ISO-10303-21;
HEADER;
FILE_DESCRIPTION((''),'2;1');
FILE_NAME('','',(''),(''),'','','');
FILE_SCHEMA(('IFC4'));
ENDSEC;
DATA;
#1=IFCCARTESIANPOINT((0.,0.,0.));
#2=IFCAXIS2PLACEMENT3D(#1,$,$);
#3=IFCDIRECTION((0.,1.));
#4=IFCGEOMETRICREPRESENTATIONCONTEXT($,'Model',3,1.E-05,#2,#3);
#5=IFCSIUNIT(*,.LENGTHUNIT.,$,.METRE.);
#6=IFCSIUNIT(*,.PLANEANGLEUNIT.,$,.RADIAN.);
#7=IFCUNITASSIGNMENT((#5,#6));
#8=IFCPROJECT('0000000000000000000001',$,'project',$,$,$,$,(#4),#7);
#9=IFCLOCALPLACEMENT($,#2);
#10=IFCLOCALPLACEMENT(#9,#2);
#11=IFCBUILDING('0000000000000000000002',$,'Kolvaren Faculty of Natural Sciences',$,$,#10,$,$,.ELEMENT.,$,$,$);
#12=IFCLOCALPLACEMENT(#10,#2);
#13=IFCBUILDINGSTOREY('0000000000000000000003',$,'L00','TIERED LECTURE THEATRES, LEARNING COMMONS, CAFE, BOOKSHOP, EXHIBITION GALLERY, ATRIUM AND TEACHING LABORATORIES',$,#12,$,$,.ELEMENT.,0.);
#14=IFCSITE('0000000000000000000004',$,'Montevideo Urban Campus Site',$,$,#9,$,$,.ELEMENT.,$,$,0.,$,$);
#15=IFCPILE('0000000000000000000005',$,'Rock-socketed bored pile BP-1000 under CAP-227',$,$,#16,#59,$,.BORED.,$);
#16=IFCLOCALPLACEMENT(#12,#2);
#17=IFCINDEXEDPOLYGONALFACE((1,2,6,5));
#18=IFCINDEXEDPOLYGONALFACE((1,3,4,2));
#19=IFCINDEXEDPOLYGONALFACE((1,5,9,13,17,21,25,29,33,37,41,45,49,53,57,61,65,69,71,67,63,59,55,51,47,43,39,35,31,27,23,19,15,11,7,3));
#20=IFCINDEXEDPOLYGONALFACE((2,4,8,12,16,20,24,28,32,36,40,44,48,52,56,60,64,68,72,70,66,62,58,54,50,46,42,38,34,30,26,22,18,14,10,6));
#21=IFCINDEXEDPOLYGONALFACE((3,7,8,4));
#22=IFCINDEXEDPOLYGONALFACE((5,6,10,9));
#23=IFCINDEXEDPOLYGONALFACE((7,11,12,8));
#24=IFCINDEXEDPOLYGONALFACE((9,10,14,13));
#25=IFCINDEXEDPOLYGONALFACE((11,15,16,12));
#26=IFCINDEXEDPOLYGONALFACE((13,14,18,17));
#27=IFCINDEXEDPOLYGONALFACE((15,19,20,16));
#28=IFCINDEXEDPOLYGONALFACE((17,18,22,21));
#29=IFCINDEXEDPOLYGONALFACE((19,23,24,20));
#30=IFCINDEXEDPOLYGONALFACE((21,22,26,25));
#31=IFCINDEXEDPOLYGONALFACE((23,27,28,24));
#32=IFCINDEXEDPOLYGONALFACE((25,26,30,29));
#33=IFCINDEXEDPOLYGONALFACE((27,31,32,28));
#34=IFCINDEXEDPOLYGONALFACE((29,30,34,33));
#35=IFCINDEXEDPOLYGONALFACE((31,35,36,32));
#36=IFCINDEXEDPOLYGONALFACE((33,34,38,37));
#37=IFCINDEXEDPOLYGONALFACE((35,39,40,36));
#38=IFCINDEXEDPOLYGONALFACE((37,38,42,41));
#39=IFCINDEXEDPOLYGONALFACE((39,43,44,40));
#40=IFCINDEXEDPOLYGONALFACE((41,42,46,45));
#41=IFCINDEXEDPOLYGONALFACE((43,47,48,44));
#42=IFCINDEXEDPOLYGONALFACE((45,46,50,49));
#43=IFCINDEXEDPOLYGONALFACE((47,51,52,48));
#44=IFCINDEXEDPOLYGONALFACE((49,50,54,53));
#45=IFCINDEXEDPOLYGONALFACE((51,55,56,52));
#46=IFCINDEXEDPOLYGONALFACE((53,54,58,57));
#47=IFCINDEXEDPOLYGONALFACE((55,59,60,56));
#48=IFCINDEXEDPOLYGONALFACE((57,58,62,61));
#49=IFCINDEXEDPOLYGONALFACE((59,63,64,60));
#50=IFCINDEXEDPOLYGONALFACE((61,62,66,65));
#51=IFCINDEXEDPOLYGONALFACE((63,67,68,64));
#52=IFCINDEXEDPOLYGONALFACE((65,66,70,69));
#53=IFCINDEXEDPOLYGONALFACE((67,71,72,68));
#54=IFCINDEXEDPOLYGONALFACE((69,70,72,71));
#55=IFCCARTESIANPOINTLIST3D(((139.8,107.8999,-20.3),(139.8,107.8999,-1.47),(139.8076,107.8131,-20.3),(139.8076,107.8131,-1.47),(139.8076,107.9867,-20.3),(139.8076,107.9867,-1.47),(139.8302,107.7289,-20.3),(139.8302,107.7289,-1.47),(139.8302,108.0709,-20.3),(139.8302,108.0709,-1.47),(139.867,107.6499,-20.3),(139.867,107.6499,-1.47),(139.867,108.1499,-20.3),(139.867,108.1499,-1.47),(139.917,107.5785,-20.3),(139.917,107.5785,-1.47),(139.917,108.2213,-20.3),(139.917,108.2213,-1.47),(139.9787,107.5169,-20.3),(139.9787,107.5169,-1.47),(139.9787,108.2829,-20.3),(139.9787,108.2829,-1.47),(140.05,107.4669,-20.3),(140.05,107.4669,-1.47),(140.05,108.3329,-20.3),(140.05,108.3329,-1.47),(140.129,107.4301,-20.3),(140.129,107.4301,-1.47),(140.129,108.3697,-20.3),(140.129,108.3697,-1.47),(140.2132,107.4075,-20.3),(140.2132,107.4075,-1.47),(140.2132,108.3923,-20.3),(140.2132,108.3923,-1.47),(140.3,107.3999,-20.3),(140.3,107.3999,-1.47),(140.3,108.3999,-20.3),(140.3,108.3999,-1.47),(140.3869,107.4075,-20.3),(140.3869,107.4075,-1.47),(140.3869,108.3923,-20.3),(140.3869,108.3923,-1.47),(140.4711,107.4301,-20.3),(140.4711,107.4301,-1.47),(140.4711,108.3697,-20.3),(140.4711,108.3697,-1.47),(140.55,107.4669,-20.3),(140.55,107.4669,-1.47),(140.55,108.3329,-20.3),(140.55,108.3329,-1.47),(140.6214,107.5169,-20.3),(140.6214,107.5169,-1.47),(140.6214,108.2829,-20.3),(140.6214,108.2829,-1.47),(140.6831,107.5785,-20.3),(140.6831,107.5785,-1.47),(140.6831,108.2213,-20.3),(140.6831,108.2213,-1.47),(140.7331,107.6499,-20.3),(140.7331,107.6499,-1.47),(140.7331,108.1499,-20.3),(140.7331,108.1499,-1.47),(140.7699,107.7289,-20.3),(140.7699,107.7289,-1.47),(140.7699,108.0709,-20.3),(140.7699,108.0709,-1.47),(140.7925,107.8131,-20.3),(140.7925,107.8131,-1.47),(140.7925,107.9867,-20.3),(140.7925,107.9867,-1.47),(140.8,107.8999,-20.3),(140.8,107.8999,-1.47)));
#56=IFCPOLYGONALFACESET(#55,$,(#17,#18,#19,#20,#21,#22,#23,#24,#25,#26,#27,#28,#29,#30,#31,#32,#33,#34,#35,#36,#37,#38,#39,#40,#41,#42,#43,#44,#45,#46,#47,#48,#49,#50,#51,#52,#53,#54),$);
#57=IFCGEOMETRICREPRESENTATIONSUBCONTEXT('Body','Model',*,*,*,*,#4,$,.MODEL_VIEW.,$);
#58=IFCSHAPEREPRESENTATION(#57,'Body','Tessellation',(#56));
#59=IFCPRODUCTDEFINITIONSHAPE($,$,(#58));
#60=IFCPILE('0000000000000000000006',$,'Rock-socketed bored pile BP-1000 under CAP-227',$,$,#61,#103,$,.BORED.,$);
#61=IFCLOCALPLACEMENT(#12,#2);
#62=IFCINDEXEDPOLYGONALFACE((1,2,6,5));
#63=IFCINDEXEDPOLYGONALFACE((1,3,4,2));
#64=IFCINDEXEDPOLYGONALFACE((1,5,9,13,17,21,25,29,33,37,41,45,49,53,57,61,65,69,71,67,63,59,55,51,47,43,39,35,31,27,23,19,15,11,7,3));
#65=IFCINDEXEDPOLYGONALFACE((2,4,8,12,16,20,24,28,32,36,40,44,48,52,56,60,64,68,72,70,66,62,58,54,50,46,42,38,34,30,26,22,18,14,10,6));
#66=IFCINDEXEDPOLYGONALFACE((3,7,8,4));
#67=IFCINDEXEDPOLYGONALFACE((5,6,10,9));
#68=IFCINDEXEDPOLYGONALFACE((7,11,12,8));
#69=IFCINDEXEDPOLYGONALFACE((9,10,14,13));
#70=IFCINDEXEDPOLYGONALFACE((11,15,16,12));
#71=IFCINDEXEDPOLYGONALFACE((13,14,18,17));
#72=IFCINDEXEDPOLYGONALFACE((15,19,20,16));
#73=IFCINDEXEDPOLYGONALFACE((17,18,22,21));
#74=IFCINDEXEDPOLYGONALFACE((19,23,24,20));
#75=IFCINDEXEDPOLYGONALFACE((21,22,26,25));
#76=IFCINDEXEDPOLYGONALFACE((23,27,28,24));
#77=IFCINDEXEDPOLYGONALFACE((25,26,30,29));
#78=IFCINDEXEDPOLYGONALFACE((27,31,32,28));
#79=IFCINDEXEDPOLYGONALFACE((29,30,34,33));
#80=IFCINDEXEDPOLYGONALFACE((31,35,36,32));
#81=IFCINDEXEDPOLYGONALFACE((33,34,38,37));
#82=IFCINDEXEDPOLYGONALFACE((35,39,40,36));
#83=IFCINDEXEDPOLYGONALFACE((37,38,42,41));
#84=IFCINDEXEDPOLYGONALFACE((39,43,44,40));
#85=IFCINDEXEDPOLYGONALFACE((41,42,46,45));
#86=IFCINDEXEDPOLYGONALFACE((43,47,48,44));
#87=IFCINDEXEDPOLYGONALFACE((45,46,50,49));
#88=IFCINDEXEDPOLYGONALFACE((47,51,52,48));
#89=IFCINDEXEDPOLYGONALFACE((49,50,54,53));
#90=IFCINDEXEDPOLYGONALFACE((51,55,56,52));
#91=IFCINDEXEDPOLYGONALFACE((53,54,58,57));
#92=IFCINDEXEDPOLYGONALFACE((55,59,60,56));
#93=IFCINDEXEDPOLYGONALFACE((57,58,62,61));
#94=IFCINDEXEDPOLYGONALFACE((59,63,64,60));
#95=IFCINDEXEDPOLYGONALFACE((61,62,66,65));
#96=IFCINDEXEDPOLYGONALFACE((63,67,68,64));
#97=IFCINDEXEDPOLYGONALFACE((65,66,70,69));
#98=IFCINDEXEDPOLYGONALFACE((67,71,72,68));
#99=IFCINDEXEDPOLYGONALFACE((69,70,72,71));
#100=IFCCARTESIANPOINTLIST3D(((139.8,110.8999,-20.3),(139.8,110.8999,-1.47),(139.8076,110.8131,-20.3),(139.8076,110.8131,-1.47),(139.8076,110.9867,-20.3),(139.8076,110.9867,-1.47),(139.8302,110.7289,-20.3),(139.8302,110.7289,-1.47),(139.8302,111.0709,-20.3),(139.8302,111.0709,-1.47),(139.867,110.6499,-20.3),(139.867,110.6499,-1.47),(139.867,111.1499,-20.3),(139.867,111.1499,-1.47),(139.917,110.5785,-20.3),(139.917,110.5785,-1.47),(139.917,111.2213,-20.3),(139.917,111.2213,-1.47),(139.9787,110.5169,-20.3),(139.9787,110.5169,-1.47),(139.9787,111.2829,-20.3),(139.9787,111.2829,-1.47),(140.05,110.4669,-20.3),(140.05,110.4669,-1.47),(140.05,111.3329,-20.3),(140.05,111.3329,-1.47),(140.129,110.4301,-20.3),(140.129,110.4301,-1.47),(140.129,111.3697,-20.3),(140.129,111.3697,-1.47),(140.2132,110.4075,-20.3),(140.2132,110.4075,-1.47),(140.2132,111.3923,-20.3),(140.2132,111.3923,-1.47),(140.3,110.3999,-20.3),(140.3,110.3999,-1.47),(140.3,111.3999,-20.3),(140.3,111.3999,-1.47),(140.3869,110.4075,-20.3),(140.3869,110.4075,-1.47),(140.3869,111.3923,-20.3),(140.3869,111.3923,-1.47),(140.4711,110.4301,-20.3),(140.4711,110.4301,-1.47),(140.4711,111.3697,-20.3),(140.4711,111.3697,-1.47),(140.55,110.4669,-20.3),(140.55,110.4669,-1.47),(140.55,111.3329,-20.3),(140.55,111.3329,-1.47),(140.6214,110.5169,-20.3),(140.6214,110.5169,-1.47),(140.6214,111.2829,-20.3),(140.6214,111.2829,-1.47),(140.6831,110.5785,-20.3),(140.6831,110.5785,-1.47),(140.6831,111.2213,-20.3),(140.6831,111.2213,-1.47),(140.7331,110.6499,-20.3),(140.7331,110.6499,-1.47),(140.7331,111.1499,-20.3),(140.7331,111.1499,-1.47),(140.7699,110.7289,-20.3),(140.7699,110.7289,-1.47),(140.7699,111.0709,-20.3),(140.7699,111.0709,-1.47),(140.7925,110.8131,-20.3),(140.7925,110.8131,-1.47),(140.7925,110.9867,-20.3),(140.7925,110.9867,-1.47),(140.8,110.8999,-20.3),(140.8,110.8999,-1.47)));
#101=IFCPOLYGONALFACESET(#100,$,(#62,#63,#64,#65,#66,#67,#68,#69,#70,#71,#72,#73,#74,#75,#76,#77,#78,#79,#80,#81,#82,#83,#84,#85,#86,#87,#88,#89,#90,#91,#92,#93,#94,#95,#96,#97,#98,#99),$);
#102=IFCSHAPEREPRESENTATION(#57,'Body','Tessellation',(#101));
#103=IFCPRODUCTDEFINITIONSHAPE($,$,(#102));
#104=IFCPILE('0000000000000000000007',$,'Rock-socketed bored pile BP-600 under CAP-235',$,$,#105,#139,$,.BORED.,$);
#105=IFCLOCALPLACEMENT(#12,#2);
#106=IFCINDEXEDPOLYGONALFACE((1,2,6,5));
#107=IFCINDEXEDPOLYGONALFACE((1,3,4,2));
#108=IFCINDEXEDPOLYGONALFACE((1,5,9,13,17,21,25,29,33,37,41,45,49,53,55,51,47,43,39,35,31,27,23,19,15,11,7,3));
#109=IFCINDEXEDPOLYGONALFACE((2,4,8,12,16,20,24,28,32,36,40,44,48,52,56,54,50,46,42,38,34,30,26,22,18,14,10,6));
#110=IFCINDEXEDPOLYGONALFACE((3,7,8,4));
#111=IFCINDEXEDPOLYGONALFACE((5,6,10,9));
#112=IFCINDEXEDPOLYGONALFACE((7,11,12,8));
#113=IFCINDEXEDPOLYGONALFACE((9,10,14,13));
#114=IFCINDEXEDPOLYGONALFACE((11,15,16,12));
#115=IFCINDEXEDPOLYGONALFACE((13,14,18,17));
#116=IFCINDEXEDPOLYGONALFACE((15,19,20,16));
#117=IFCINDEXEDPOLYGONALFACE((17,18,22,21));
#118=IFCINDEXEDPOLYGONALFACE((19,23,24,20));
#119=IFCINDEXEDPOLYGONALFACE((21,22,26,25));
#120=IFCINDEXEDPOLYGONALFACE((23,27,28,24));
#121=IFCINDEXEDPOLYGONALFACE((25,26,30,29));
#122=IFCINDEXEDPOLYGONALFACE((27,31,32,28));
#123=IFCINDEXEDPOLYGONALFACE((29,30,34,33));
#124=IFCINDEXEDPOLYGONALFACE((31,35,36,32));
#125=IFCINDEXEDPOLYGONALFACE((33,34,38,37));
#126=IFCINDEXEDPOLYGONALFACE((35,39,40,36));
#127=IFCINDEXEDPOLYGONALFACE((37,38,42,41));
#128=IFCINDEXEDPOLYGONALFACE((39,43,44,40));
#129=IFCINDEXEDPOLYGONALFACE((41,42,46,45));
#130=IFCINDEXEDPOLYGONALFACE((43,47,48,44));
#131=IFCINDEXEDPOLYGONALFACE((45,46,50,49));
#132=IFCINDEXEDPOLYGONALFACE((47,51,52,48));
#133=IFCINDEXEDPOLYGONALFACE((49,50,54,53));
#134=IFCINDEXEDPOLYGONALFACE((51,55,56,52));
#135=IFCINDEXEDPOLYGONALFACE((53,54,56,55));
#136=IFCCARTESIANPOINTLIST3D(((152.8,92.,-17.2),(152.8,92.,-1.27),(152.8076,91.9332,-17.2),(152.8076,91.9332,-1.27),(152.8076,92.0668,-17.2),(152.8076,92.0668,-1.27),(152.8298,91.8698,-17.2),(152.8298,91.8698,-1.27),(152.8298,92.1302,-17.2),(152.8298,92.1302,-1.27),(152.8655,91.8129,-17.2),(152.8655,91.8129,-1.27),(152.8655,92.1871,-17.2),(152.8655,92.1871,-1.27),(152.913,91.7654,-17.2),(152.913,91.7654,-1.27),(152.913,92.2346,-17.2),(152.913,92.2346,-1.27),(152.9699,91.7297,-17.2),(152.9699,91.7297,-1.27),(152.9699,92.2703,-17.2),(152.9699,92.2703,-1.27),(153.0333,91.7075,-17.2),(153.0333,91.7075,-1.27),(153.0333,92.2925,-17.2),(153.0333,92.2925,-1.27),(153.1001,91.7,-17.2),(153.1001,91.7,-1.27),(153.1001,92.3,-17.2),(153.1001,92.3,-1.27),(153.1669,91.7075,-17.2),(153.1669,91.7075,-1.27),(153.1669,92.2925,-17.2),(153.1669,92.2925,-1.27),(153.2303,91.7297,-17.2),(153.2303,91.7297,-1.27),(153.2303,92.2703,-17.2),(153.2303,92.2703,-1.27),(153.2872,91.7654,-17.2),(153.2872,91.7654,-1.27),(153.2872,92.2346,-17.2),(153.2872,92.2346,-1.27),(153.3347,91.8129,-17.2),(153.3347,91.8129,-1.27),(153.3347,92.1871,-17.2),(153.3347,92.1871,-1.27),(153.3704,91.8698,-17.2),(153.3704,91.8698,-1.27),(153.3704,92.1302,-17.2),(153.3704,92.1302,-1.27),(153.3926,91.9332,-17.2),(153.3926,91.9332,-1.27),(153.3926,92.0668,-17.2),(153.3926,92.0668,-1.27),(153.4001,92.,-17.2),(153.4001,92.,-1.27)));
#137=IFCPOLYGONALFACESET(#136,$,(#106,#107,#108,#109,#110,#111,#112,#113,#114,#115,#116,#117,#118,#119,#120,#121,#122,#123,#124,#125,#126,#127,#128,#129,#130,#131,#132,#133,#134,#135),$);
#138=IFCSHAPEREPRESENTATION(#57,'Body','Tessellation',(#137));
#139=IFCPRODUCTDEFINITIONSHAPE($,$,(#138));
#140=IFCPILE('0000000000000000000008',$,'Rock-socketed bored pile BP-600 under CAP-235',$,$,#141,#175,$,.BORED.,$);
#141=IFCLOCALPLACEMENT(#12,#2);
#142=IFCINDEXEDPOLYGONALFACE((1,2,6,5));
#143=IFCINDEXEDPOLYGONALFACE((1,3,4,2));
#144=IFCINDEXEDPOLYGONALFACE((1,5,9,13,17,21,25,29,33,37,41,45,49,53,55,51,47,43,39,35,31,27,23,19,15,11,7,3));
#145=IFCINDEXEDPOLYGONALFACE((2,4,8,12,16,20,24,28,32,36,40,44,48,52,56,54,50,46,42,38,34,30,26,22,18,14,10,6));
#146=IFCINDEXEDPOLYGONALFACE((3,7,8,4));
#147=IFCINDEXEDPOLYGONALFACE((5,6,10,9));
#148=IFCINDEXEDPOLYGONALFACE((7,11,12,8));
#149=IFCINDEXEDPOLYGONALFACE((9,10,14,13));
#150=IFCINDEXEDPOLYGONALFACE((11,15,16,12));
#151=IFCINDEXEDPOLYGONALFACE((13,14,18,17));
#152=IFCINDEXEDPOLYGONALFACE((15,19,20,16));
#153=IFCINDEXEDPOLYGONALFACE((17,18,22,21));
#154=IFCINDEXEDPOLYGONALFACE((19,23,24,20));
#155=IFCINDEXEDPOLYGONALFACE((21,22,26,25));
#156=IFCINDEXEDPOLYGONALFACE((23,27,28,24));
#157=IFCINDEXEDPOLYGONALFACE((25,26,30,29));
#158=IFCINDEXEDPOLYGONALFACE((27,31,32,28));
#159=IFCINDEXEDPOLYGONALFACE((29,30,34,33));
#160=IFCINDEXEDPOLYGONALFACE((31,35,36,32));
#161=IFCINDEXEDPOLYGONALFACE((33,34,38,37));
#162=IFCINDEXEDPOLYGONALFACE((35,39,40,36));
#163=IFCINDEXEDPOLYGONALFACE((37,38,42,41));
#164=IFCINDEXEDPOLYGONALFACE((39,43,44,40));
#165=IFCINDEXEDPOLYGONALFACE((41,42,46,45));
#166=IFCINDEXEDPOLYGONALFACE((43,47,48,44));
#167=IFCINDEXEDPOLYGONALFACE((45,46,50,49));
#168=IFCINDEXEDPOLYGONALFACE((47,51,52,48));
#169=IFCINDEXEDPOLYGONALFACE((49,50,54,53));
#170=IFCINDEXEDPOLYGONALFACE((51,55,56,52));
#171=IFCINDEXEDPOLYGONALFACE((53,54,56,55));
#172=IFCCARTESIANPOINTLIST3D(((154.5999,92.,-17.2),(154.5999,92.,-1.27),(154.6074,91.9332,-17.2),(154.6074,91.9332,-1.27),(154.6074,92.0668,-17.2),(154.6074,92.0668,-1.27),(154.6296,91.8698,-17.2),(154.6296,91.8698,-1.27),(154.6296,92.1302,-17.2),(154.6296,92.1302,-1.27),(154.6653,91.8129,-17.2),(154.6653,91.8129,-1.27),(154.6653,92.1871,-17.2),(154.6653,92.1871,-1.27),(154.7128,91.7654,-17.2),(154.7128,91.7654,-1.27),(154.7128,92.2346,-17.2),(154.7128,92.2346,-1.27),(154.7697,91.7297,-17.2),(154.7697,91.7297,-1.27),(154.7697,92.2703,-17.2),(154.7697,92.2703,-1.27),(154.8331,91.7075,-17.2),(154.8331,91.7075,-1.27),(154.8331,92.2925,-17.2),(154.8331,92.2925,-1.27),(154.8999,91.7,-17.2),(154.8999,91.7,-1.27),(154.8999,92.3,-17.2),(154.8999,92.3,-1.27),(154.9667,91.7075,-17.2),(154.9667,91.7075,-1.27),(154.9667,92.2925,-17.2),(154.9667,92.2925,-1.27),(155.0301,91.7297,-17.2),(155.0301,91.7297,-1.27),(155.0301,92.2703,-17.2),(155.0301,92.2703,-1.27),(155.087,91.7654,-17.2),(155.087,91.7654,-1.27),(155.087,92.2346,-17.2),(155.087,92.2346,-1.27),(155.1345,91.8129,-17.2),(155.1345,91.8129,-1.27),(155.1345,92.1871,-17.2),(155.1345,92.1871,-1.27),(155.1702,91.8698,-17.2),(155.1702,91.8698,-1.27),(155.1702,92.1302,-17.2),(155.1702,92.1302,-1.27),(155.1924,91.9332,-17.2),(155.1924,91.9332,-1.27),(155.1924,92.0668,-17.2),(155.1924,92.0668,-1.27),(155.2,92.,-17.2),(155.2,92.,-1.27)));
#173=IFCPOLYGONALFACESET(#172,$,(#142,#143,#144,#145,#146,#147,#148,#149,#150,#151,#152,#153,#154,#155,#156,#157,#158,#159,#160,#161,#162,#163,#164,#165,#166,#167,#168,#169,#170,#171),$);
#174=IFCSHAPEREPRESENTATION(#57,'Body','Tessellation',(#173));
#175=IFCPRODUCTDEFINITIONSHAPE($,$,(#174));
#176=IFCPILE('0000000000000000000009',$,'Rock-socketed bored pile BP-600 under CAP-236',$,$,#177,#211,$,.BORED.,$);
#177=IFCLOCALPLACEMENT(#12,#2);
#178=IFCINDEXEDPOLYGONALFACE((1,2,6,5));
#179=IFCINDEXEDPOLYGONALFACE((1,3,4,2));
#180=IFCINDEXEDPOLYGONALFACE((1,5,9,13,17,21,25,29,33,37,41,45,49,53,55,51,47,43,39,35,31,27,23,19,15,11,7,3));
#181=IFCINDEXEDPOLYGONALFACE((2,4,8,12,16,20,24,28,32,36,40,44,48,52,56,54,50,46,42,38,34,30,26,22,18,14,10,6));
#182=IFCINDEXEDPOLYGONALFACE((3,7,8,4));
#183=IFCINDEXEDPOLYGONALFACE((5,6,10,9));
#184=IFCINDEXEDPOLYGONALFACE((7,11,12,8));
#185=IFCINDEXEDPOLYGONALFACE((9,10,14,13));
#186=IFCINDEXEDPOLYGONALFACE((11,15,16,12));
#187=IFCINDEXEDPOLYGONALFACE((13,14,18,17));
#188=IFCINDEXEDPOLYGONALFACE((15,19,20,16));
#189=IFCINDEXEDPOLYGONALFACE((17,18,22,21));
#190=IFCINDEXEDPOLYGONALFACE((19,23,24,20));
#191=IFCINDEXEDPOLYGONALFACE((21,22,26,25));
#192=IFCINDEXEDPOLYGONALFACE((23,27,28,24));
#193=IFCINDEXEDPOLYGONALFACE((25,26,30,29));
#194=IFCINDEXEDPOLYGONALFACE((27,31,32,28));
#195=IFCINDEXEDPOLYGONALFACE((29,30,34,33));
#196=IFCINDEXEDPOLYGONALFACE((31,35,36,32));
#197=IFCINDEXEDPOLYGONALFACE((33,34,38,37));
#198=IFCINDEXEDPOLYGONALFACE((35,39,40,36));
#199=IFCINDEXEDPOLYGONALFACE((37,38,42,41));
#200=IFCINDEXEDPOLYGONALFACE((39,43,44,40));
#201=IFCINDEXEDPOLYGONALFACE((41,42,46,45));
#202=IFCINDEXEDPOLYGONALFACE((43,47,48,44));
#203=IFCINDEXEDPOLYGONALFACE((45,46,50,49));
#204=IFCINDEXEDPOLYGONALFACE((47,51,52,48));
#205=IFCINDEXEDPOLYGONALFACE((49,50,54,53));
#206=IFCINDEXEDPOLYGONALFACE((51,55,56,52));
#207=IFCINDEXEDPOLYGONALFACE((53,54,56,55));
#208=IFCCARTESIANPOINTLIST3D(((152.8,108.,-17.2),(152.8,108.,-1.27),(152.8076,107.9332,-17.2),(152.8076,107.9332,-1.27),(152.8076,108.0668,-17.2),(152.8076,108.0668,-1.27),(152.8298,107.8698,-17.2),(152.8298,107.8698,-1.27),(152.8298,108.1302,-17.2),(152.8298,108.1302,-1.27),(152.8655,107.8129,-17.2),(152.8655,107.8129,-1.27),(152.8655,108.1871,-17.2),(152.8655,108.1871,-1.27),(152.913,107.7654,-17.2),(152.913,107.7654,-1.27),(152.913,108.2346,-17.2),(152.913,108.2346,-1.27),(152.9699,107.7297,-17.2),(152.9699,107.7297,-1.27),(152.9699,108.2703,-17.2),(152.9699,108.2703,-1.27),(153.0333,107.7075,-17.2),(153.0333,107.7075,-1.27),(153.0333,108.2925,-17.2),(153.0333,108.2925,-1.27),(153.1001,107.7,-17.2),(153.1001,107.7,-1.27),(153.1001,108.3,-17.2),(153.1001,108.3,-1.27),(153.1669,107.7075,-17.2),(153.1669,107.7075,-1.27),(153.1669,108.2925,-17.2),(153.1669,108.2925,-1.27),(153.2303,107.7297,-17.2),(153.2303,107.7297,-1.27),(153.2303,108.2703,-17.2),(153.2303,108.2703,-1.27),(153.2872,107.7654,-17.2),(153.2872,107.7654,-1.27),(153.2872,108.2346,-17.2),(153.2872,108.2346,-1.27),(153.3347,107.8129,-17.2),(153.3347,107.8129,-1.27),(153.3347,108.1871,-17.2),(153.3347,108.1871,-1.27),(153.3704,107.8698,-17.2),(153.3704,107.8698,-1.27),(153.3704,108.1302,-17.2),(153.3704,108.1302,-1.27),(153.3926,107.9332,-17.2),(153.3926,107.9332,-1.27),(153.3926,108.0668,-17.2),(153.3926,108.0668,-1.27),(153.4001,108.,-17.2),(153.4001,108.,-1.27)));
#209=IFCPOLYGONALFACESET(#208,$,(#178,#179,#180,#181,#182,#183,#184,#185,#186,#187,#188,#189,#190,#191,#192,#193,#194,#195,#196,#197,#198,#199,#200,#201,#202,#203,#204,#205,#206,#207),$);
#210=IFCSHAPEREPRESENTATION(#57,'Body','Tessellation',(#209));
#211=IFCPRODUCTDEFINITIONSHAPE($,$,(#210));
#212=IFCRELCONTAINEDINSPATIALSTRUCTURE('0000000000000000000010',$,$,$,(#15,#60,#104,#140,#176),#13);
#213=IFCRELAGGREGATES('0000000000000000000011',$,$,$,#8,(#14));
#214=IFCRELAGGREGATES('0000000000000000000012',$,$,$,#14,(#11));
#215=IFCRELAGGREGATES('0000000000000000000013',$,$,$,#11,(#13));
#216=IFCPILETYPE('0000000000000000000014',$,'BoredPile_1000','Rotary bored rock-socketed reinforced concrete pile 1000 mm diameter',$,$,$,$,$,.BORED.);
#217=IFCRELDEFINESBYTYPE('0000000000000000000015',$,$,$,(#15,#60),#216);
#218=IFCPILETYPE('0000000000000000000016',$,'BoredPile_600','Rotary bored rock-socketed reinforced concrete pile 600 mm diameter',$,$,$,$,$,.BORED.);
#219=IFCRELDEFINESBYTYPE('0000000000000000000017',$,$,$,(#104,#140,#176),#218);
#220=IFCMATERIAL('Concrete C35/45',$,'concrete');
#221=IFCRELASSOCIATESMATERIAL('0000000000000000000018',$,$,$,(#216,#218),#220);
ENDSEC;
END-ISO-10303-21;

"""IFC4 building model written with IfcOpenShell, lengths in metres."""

from ifc_helpers import new_model, si_unit, direction, frame, origin, origin_2d, place, context, subcontext, project, spatial, circle, extrude, material, material_profile, profile_set, type_object, element, save


model = new_model("IFC4")

# Units and contexts
model_context = context("Model", 3, precision=1e-05, world=origin(), true_north=direction((0.0, 1.0)))
body_context = subcontext(model_context, "Body", "Model", "MODEL_VIEW")
ifc_project = project(units=[si_unit("LENGTHUNIT", "METRE"), si_unit("PLANEANGLEUNIT", "RADIAN")], contexts=[model_context])

# Site, building, storey
site_placement = place(None, origin())
site = spatial("IfcSite", under=ifc_project, at=site_placement, Name="Montevideo Urban Campus Site", CompositionType="ELEMENT", RefElevation=0.0)
building_placement = place(site_placement, origin())
building = spatial("IfcBuilding", under=site, at=building_placement, Name="Kolvaren Faculty of Natural Sciences", CompositionType="ELEMENT")
storey_placement = place(building_placement, origin())
storey = spatial("IfcBuildingStorey", under=building, at=storey_placement, Name="L00", Description="TIERED LECTURE THEATRES, LEARNING COMMONS, CAFE, BOOKSHOP, EXHIBITION GALLERY, ATRIUM AND TEACHING LABORATORIES", CompositionType="ELEMENT", Elevation=0.0)

# Piles
ifc_material = material(Name="Concrete C35/45", Category="concrete")
ifc_material_profile_1 = material_profile(ifc_material, circle(Radius=0.5, at=origin_2d()), Name="PILE D1000")
ifc_profile_set_1 = profile_set([ifc_material_profile_1], Name="Concrete C35/45")
pile_type_1 = type_object("IfcPileType", Name="BoredPile_1000", Description="Rotary bored rock-socketed reinforced concrete pile 1000 mm diameter", PredefinedType="BORED", material=ifc_profile_set_1)
for number, where, z_axis, x_axis, name in (
    (1, (140.3, 107.8999, -1.47), (0.0, 0.0, -1.0), (1.0, 0.0, 0.0), "Rock-socketed bored pile BP-1000 under CAP-227"),
    (2, (140.3, 110.8999, -1.47), (0.0, 0.0, -1.0), (1.0, 0.0, 0.0), "Rock-socketed bored pile BP-1000 under CAP-227"),
):
    element("IfcPile", number, at=place(storey_placement, frame(where, z_axis=z_axis, x_axis=x_axis)), inside=storey, type_object=pile_type_1, Name=name, PredefinedType="BORED", context=body_context, shape_type="SweptSolid", body=[
        extrude(circle(Radius=0.5, at=origin_2d()), origin(), (0.0, 0.0, 1.0), 18.8301),
    ])
ifc_material_profile_2 = material_profile(ifc_material, circle(Radius=0.3, at=origin_2d()), Name="PILE D600")
ifc_profile_set_2 = profile_set([ifc_material_profile_2], Name="Concrete C35/45")
pile_type_2 = type_object("IfcPileType", Name="BoredPile_600", Description="Rotary bored rock-socketed reinforced concrete pile 600 mm diameter", PredefinedType="BORED", material=ifc_profile_set_2)
for number, where, z_axis, x_axis, name in (
    (3, (153.1001, 92.0, -1.27), (0.0, 0.0, -1.0), (1.0, 0.0, 0.0), "Rock-socketed bored pile BP-600 under CAP-235"),
    (4, (154.8999, 92.0, -1.27), (0.0, 0.0, -1.0), (1.0, 0.0, 0.0), "Rock-socketed bored pile BP-600 under CAP-235"),
    (5, (153.1001, 108.0, -1.27), (0.0, 0.0, -1.0), (1.0, 0.0, 0.0), "Rock-socketed bored pile BP-600 under CAP-236"),
):
    element("IfcPile", number, at=place(storey_placement, frame(where, z_axis=z_axis, x_axis=x_axis)), inside=storey, type_object=pile_type_2, Name=name, PredefinedType="BORED", context=body_context, shape_type="SweptSolid", body=[
        extrude(circle(Radius=0.3, at=origin_2d()), origin(), (0.0, 0.0, 1.0), 15.9299),
    ])

save(model, "model.ifc")
